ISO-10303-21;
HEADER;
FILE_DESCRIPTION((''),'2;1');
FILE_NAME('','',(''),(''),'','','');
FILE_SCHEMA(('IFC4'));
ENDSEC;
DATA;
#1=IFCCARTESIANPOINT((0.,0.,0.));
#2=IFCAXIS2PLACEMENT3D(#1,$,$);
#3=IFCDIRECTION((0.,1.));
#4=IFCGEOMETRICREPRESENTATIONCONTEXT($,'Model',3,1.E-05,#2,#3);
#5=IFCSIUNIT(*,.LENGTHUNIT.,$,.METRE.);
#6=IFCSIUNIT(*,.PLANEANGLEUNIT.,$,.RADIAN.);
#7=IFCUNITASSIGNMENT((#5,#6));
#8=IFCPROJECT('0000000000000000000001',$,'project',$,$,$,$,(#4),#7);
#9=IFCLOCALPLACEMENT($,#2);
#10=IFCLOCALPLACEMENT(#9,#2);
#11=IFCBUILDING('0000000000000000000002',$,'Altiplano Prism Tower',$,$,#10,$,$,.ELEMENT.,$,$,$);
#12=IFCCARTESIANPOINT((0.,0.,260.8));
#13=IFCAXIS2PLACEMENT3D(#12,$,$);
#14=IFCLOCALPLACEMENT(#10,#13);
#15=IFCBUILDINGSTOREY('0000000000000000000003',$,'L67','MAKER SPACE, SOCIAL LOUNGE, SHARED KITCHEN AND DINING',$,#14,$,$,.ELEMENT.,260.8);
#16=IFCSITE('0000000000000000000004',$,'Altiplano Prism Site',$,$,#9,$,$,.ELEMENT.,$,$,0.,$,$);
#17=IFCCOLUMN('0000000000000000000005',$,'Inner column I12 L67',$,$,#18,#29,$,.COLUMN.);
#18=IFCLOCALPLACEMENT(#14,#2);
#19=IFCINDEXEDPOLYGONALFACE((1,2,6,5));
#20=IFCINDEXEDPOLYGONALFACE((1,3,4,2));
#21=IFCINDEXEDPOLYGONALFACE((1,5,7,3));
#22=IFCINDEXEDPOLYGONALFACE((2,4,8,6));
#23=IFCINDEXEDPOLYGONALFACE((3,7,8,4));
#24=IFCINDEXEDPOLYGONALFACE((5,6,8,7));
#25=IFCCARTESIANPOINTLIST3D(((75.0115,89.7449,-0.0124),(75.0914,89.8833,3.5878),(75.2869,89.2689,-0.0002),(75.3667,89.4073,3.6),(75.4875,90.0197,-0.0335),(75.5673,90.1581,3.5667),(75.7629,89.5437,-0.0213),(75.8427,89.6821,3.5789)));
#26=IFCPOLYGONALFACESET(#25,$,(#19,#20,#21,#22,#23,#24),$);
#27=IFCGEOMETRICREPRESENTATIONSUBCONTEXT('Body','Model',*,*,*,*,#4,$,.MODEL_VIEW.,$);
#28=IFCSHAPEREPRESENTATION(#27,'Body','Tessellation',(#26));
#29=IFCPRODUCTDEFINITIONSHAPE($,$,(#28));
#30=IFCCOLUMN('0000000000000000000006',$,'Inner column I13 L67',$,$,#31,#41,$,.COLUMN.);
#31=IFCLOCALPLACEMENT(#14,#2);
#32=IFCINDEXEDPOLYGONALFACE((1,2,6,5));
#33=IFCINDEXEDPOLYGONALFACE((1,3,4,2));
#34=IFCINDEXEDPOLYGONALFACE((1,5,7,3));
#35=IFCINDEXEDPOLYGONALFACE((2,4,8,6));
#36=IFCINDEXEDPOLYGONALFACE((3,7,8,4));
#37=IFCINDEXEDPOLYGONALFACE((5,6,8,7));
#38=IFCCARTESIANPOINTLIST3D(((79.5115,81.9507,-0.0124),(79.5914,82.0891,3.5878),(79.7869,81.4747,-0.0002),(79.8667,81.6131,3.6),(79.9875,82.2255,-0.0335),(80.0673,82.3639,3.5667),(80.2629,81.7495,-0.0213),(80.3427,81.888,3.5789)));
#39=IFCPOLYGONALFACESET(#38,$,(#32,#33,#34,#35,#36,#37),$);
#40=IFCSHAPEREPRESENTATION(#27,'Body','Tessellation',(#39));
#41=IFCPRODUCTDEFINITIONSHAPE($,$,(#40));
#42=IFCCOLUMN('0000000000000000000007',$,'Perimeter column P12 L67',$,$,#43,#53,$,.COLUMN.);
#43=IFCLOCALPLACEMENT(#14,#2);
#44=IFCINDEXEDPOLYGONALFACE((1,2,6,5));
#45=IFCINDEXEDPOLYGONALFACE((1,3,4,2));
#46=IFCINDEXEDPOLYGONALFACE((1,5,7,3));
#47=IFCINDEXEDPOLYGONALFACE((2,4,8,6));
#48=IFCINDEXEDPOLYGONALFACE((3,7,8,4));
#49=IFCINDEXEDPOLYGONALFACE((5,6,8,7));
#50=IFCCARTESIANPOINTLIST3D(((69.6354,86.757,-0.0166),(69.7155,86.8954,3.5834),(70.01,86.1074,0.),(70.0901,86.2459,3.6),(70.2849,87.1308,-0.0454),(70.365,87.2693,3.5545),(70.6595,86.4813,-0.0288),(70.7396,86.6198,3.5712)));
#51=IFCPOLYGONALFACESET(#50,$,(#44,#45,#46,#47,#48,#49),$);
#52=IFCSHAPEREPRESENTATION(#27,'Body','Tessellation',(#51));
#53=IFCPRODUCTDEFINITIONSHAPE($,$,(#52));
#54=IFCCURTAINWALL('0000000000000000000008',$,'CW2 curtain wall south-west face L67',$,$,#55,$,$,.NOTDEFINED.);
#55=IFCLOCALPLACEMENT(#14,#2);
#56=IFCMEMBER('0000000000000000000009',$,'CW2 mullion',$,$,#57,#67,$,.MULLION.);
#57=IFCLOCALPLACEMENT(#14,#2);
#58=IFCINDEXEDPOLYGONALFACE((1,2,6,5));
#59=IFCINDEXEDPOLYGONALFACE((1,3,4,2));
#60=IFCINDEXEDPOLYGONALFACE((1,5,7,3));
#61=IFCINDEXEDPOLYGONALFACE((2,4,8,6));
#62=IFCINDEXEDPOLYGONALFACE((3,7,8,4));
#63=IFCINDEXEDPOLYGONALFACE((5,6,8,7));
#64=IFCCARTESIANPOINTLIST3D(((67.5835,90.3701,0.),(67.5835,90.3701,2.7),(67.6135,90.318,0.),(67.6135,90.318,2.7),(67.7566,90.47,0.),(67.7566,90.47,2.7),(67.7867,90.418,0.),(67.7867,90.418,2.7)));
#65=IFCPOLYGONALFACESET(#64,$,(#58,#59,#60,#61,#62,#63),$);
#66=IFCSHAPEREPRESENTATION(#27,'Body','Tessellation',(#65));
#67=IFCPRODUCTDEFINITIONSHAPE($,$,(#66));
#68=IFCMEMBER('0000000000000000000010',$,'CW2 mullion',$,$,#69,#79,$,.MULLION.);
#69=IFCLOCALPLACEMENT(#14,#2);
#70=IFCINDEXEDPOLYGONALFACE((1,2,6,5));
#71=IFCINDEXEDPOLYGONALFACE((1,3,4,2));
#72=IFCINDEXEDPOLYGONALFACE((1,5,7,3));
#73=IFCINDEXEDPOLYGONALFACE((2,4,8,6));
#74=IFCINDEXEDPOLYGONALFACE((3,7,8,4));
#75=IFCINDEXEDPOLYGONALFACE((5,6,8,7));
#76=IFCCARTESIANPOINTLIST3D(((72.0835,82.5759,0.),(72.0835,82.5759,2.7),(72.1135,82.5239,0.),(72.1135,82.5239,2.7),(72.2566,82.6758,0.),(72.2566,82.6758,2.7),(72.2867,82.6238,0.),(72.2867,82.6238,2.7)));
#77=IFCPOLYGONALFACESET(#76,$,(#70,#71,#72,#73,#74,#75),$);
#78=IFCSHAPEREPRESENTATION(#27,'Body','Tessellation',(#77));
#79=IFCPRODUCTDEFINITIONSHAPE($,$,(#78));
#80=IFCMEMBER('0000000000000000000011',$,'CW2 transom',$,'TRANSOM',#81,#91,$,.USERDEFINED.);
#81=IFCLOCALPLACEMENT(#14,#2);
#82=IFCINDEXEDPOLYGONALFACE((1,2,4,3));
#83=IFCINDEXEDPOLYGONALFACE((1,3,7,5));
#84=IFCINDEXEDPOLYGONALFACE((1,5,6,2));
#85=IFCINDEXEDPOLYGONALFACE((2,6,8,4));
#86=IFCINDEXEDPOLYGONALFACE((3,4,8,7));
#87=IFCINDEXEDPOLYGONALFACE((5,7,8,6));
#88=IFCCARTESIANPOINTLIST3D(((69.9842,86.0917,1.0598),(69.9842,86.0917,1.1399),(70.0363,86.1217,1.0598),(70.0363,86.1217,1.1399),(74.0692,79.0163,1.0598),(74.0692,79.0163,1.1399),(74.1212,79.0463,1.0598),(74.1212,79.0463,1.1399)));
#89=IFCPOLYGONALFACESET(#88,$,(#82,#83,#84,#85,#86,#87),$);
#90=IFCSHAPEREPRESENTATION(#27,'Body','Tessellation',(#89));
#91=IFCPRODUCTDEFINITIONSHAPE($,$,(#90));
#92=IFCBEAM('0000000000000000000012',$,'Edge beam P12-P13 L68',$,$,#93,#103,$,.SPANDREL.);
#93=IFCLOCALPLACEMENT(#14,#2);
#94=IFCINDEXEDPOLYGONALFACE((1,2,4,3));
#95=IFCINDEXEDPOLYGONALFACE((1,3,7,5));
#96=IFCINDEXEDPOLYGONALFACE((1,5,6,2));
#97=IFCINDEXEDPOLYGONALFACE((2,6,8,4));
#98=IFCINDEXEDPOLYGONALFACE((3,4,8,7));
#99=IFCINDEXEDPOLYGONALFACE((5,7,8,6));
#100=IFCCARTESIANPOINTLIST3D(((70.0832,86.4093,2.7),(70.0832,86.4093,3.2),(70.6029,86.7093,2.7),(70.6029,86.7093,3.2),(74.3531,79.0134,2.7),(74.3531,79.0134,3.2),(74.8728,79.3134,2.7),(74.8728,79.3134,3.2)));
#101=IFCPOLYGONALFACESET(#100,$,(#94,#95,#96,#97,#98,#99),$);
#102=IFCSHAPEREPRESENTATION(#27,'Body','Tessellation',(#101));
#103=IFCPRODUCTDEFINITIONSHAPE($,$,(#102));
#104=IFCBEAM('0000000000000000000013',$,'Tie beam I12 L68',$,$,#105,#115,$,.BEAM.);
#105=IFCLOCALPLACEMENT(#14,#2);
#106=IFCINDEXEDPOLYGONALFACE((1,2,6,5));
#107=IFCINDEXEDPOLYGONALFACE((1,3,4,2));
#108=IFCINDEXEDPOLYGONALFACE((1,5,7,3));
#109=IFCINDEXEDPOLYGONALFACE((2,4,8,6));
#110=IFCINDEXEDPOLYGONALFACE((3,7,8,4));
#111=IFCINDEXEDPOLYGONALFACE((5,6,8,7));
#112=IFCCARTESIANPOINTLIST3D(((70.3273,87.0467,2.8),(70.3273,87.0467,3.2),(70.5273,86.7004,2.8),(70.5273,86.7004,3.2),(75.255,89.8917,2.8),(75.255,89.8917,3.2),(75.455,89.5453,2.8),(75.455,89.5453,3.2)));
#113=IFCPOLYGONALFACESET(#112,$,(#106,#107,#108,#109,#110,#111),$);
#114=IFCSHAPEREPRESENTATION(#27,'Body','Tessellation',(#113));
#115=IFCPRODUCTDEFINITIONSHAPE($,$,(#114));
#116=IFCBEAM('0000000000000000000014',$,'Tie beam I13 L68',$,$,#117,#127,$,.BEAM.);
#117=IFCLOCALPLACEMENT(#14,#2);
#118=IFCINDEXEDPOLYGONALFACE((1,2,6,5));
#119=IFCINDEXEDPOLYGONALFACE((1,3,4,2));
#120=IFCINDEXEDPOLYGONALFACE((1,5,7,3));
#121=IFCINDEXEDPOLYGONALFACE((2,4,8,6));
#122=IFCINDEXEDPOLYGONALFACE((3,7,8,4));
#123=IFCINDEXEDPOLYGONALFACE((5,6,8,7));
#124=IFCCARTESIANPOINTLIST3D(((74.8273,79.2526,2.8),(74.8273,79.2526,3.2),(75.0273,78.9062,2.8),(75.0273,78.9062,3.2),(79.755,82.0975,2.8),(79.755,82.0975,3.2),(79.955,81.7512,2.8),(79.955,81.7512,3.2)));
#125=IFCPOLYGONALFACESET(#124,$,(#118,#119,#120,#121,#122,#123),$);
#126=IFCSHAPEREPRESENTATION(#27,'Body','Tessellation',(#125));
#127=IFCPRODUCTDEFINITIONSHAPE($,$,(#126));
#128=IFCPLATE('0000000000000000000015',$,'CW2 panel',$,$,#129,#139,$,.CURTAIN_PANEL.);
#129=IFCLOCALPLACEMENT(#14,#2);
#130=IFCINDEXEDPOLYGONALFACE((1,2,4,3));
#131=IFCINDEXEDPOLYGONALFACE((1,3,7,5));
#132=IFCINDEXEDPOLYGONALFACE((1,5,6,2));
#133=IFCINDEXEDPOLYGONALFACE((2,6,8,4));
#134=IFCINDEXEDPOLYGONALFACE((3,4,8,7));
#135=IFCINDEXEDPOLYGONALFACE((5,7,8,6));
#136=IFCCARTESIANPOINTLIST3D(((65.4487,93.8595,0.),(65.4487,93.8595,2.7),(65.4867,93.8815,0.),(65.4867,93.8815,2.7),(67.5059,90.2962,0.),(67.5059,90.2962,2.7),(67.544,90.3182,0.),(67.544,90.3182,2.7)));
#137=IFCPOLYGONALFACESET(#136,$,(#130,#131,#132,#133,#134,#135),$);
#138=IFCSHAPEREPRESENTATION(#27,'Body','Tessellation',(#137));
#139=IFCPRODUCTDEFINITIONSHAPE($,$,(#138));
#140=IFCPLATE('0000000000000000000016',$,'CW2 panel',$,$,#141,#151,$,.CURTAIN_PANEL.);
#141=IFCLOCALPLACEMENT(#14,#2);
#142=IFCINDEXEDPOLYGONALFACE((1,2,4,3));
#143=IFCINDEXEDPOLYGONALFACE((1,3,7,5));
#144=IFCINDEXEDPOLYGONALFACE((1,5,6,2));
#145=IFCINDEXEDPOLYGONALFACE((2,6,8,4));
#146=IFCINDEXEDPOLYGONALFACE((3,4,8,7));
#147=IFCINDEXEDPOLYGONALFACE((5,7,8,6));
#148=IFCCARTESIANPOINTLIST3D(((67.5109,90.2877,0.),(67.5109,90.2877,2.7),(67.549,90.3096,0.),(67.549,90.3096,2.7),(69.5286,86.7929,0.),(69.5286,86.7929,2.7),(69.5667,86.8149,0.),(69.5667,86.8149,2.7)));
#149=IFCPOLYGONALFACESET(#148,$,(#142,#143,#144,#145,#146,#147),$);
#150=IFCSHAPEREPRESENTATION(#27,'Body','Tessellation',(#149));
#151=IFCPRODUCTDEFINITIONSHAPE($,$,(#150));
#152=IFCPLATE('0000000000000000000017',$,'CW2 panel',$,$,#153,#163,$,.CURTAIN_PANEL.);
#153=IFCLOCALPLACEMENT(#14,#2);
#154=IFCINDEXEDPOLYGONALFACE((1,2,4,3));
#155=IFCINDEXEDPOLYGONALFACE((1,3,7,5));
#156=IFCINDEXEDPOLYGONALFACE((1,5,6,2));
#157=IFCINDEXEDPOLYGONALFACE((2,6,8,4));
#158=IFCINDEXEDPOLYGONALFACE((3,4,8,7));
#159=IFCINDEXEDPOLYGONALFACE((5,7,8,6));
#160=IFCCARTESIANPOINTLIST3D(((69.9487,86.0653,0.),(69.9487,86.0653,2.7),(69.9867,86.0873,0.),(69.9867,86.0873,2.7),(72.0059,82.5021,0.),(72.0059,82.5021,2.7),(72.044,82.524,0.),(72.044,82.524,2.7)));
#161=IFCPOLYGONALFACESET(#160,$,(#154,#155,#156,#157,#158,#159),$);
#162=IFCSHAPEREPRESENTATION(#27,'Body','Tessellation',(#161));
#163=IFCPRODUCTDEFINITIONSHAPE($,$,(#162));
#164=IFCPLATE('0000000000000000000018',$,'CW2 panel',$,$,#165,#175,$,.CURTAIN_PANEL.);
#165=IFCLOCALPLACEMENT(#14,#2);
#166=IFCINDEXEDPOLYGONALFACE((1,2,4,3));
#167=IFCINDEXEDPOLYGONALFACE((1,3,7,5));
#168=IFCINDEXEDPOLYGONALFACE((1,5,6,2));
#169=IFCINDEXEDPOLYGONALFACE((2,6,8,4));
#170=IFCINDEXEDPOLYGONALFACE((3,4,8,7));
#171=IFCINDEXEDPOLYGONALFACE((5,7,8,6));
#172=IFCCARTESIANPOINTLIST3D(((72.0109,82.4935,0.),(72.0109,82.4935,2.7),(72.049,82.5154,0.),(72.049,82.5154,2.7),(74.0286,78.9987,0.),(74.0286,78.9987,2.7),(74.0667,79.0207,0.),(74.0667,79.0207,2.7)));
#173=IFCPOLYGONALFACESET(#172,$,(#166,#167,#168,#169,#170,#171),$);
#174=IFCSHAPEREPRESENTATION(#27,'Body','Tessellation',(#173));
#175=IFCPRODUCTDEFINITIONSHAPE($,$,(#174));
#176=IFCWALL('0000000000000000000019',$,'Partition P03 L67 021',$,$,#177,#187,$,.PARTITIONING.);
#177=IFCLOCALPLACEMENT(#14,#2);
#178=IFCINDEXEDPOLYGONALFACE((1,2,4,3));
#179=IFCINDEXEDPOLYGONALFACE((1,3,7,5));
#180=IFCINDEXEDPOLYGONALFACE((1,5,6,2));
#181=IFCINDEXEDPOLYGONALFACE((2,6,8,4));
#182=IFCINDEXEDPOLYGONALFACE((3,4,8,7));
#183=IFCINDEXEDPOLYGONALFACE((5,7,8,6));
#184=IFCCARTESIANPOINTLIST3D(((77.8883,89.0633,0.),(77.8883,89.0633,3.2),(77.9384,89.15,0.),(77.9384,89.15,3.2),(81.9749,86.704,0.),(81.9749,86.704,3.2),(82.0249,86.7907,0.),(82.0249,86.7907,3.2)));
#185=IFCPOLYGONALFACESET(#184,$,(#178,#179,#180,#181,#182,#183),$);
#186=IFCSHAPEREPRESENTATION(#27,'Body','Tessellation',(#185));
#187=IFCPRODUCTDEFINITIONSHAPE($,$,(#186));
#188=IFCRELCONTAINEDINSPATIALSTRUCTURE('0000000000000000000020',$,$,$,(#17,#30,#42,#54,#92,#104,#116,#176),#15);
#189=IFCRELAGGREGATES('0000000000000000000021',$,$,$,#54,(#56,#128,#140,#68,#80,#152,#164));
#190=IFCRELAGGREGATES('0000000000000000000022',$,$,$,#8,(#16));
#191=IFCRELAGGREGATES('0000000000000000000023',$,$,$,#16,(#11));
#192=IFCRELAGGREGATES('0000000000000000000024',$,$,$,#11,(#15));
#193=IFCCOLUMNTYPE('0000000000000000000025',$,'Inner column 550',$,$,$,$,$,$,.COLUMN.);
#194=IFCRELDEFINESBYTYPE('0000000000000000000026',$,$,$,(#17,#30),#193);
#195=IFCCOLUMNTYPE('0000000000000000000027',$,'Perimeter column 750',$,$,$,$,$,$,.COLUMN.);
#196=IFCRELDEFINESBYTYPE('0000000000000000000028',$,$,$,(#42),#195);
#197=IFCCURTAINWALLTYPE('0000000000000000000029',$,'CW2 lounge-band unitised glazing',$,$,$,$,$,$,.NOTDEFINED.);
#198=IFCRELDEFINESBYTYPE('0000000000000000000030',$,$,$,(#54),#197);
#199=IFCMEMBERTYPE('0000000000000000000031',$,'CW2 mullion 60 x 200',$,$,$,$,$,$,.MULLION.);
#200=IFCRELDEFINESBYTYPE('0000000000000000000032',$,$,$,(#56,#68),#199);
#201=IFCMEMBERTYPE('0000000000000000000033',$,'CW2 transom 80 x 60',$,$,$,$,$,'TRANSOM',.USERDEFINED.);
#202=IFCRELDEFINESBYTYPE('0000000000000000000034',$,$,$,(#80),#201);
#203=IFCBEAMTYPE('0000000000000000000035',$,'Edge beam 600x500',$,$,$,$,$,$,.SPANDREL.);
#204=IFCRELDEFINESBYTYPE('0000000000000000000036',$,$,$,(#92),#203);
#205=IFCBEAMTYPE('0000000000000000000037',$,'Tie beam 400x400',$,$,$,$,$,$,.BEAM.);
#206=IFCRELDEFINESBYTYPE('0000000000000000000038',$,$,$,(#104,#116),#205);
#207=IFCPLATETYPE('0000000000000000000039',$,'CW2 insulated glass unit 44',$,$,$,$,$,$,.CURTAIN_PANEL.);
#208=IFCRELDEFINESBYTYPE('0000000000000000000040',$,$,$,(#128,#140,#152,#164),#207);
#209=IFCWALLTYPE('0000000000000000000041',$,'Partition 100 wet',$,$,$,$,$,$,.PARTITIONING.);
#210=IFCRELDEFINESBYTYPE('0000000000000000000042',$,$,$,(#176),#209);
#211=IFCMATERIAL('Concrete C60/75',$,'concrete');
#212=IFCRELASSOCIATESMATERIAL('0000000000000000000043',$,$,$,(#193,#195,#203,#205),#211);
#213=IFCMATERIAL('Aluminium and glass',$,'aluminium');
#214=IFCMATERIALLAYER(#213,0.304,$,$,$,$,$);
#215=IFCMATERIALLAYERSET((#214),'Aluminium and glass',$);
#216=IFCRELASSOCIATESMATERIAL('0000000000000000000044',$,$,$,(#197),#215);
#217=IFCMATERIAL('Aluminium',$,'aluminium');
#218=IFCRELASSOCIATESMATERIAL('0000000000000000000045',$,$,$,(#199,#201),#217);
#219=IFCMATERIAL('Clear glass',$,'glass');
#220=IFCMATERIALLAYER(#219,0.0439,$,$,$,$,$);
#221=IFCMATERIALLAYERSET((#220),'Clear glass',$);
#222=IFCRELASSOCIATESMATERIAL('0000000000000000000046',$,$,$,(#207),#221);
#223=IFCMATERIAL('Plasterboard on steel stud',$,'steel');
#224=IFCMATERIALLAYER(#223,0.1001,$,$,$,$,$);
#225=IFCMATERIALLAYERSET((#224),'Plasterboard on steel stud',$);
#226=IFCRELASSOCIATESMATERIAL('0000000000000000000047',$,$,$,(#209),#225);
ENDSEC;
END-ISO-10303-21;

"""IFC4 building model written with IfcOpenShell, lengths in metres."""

from ifc_helpers import new_model, si_unit, direction, frame, frame_2d, origin, origin_2d, place, context, subcontext, project, spatial, rectangle, extrude, material, layer, layer_set, material_profile, profile_set, type_object, element, aggregate, save


model = new_model("IFC4")

# Units and contexts
model_context = context("Model", 3, precision=1e-05, world=origin(), true_north=direction((0.0, 1.0)))
body_context = subcontext(model_context, "Body", "Model", "MODEL_VIEW")
ifc_project = project(units=[si_unit("LENGTHUNIT", "METRE"), si_unit("PLANEANGLEUNIT", "RADIAN")], contexts=[model_context])

# Site, building, storey
site_placement = place(None, origin())
site = spatial("IfcSite", under=ifc_project, at=site_placement, Name="Altiplano Prism Site", CompositionType="ELEMENT", RefElevation=0.0)
building_placement = place(site_placement, origin())
building = spatial("IfcBuilding", under=site, at=building_placement, Name="Altiplano Prism Tower", CompositionType="ELEMENT")
storey_placement = place(building_placement, frame((0.0, 0.0, 260.8)))
storey = spatial("IfcBuildingStorey", under=building, at=storey_placement, Name="L67", Description="MAKER SPACE, SOCIAL LOUNGE, SHARED KITCHEN AND DINING", CompositionType="ELEMENT", Elevation=260.8)

# Columns
ifc_material_1 = material(Name="Concrete C60/75", Category="concrete")
ifc_material_profile_1 = material_profile(ifc_material_1, rectangle(XDim=0.55, YDim=0.55, at=origin_2d()), Name="Inner column 550")
ifc_profile_set_1 = profile_set([ifc_material_profile_1], Name="Concrete C60/75")
column_type_1 = type_object("IfcColumnType", Name="Inner column 550", PredefinedType="COLUMN", material=ifc_profile_set_1)
for number, where, z_axis, x_axis, name in (
    (1, (75.3872, 89.6443, -0.0168), (0.022154, 0.038413, 0.999016), (-0.865362, -0.499674, 0.038403), "Inner column I12 L67"),
    (2, (79.8872, 81.8501, -0.0168), (0.022154, 0.038413, 0.999016), (-0.865362, -0.499674, 0.038403), "Inner column I13 L67"),
):
    element("IfcColumn", number, at=place(storey_placement, frame(where, z_axis=z_axis, x_axis=x_axis)), inside=storey, type_object=column_type_1, Name=name, PredefinedType="COLUMN", context=body_context, shape_type="SweptSolid", body=[
        extrude(rectangle(XDim=0.55, YDim=0.55, at=origin_2d()), origin(), (0.0, 0.0, 1.0), 3.6038),
    ])
ifc_material_profile_2 = material_profile(ifc_material_1, rectangle(XDim=0.75, YDim=0.75, at=origin_2d()), Name="Perimeter column 750")
ifc_profile_set_2 = profile_set([ifc_material_profile_2], Name="Concrete C60/75")
column_type_2 = type_object("IfcColumnType", Name="Perimeter column 750", PredefinedType="COLUMN", material=ifc_profile_set_2)
column_placement = place(storey_placement, frame((70.1475, 86.6191, -0.0227), z_axis=(0.022223, 0.038416, 0.999015), x_axis=(-0.866021, -0.498528, 0.038435)))
element("IfcColumn", 3, at=column_placement, inside=storey, type_object=column_type_2, Name="Perimeter column P12 L67", PredefinedType="COLUMN", context=body_context, shape_type="SweptSolid", body=[
    extrude(rectangle(XDim=0.75, YDim=0.75, at=origin_2d()), origin(), (0.0, 0.0, 1.0), 3.6035),
])

# Curtain wall, members
ifc_material_2 = material(Name="Aluminium and glass", Category="aluminium")
ifc_layer_1 = layer(ifc_material_2, 0.304)
ifc_layer_set_1 = layer_set([ifc_layer_1], Name="Aluminium and glass")
curtain_wall_type = type_object("IfcCurtainWallType", Name="CW2 lounge-band unitised glazing", PredefinedType="NOTDEFINED", material=ifc_layer_set_1)
curtain_wall_placement = place(storey_placement, origin())
curtain_wall = element("IfcCurtainWall", 4, at=curtain_wall_placement, inside=storey, type_object=curtain_wall_type, Name="CW2 curtain wall south-west face L67", PredefinedType="NOTDEFINED")
ifc_material_3 = material(Name="Aluminium", Category="aluminium")
ifc_material_profile_3 = material_profile(ifc_material_3, rectangle(XDim=0.2, YDim=0.0601, at=origin_2d()), Name="CW2 mullion 60 x 200")
ifc_profile_set_3 = profile_set([ifc_material_profile_3], Name="Aluminium")
member_type_1 = type_object("IfcMemberType", Name="CW2 mullion 60 x 200", PredefinedType="MULLION", material=ifc_profile_set_3)
member_1_placement = place(storey_placement, frame((67.6851, 90.394, 0.0), z_axis=(0.0, 0.0, 1.0), x_axis=(0.866025, 0.5, 0.0)))
member_1 = element("IfcMember", 5, at=member_1_placement, type_object=member_type_1, Name="CW2 mullion", PredefinedType="MULLION", context=body_context, shape_type="SweptSolid", body=[
    extrude(rectangle(XDim=0.2, YDim=0.0601, at=origin_2d()), origin(), (0.0, 0.0, 1.0), 2.7),
])
member_2_placement = place(storey_placement, frame((72.1851, 82.5999, 0.0), z_axis=(0.0, 0.0, 1.0), x_axis=(0.866025, 0.5, 0.0)))
member_2 = element("IfcMember", 6, at=member_2_placement, type_object=member_type_1, Name="CW2 mullion", PredefinedType="MULLION", context=body_context, shape_type="SweptSolid", body=[
    extrude(rectangle(XDim=0.2, YDim=0.0601, at=origin_2d()), origin(), (0.0, 0.0, 1.0), 2.7),
])
ifc_material_profile_4 = material_profile(ifc_material_3, rectangle(XDim=0.0601, YDim=0.0801, at=origin_2d()), Name="CW2 transom 80 x 60")
ifc_profile_set_4 = profile_set([ifc_material_profile_4], Name="Aluminium")
member_type_2 = type_object("IfcMemberType", Name="CW2 transom 80 x 60", ElementType="TRANSOM", PredefinedType="USERDEFINED", material=ifc_profile_set_4)
member_3_placement = place(storey_placement, frame((70.0103, 86.1067, 1.0999), z_axis=(0.499996, -0.866028, 0.0), x_axis=(0.866028, 0.499996, 0.0)))
member_3 = element("IfcMember", 7, at=member_3_placement, type_object=member_type_2, Name="CW2 transom", ObjectType="TRANSOM", PredefinedType="USERDEFINED", context=body_context, shape_type="SweptSolid", body=[
    extrude(rectangle(XDim=0.0601, YDim=0.0801, at=origin_2d()), origin(), (0.0, 0.0, 1.0), 8.1699),
])

# Beams
ifc_material_profile_5 = material_profile(ifc_material_1, rectangle(XDim=0.6001, YDim=0.5, at=origin_2d()), Name="Edge beam 600x500")
ifc_profile_set_5 = profile_set([ifc_material_profile_5], Name="Concrete C60/75")
beam_type_1 = type_object("IfcBeamType", Name="Edge beam 600x500", PredefinedType="SPANDREL", material=ifc_profile_set_5)
beam_placement = place(storey_placement, frame((70.343, 86.5593, 2.95), z_axis=(0.499995, -0.866028, 0.0), x_axis=(0.866028, 0.499995, 0.0)))
element("IfcBeam", 8, at=beam_placement, inside=storey, type_object=beam_type_1, Name="Edge beam P12-P13 L68", PredefinedType="SPANDREL", context=body_context, shape_type="SweptSolid", body=[
    extrude(rectangle(XDim=0.6001, YDim=0.5, at=origin_2d()), origin(), (0.0, 0.0, 1.0), 8.54),
])
ifc_material_profile_6 = material_profile(ifc_material_1, rectangle(XDim=0.3999, YDim=0.3999, at=origin_2d()), Name="Tie beam 400x400")
ifc_profile_set_6 = profile_set([ifc_material_profile_6], Name="Concrete C60/75")
beam_type_2 = type_object("IfcBeamType", Name="Tie beam 400x400", PredefinedType="BEAM", material=ifc_profile_set_6)
for number, where, z_axis, x_axis, name in (
    (9, (75.355, 89.7185, 3.0), (-0.86603, -0.499992, 0.0), (0.499992, -0.86603, 0.0), "Tie beam I12 L68"),
    (10, (79.855, 81.9243, 3.0), (-0.86603, -0.499992, 0.0), (0.499992, -0.86603, 0.0), "Tie beam I13 L68"),
):
    element("IfcBeam", number, at=place(storey_placement, frame(where, z_axis=z_axis, x_axis=x_axis)), inside=storey, type_object=beam_type_2, Name=name, PredefinedType="BEAM", context=body_context, shape_type="SweptSolid", body=[
        extrude(rectangle(XDim=0.3999, YDim=0.3999, at=origin_2d()), origin(), (0.0, 0.0, 1.0), 5.6899),
    ])

# Plates
ifc_material_4 = material(Name="Clear glass", Category="glass")
ifc_layer_2 = layer(ifc_material_4, 0.0439)
ifc_layer_set_2 = layer_set([ifc_layer_2], Name="Clear glass")
plate_type = type_object("IfcPlateType", Name="CW2 insulated glass unit 44", PredefinedType="CURTAIN_PANEL", material=ifc_layer_set_2)
plate_1_placement = place(storey_placement, frame((66.4963, 92.0889, 0.0), z_axis=(0.0, 0.0, 1.0), x_axis=(0.5, -0.866025, 0.0)))
plate_1 = element("IfcPlate", 11, at=plate_1_placement, type_object=plate_type, Name="CW2 panel", PredefinedType="CURTAIN_PANEL", context=body_context, shape_type="SweptSolid", body=[
    extrude(rectangle(XDim=4.1145, YDim=0.0439, at=origin_2d()), origin(), (0.0, 0.0, 1.0), 2.7),
])
plate_2_placement = place(storey_placement, frame((68.5388, 88.5513, 0.0), z_axis=(0.0, 0.0, 1.0), x_axis=(0.5, -0.866025, 0.0)))
plate_2 = element("IfcPlate", 12, at=plate_2_placement, type_object=plate_type, Name="CW2 panel", PredefinedType="CURTAIN_PANEL", context=body_context, shape_type="SweptSolid", body=[
    extrude(rectangle(XDim=4.0354, YDim=0.0439, at=origin_2d()), origin(), (0.0, 0.0, 1.0), 2.7),
])
plate_3_placement = place(storey_placement, frame((70.9963, 84.2947, 0.0), z_axis=(0.0, 0.0, 1.0), x_axis=(0.5, -0.866025, 0.0)))
plate_3 = element("IfcPlate", 13, at=plate_3_placement, type_object=plate_type, Name="CW2 panel", PredefinedType="CURTAIN_PANEL", context=body_context, shape_type="SweptSolid", body=[
    extrude(rectangle(XDim=4.1145, YDim=0.0439, at=origin_2d()), origin(), (0.0, 0.0, 1.0), 2.7),
])
plate_4_placement = place(storey_placement, frame((73.0388, 80.7571, 0.0), z_axis=(0.0, 0.0, 1.0), x_axis=(0.5, -0.866025, 0.0)))
plate_4 = element("IfcPlate", 14, at=plate_4_placement, type_object=plate_type, Name="CW2 panel", PredefinedType="CURTAIN_PANEL", context=body_context, shape_type="SweptSolid", body=[
    extrude(rectangle(XDim=4.0354, YDim=0.0439, at=origin_2d()), origin(), (0.0, 0.0, 1.0), 2.7),
])
aggregate(curtain_wall, [member_1, plate_1, plate_2, member_2, member_3, plate_3, plate_4])

# Wall
ifc_material_5 = material(Name="Plasterboard on steel stud", Category="steel")
ifc_layer_3 = layer(ifc_material_5, 0.1001)
ifc_layer_set_3 = layer_set([ifc_layer_3], Name="Plasterboard on steel stud")
wall_type_1 = type_object("IfcWallType", Name="Partition 100 wet", PredefinedType="PARTITIONING", material=ifc_layer_set_3)
wall_1_placement = place(storey_placement, frame((77.9133, 89.1067, 0.0), z_axis=(0.0, 0.0, 1.0), x_axis=(0.866031, -0.49999, 0.0)))
element("IfcWall", 15, at=wall_1_placement, inside=storey, type_object=wall_type_1, Name="Partition P03 L67 021", PredefinedType="PARTITIONING", context=body_context, shape_type="SweptSolid", body=[
    extrude(rectangle(XDim=4.7188, YDim=0.1001, at=frame_2d((2.3594, 0.0))), origin(), (0.0, 0.0, 1.0), 3.2),
])

save(model, "model.ifc")
